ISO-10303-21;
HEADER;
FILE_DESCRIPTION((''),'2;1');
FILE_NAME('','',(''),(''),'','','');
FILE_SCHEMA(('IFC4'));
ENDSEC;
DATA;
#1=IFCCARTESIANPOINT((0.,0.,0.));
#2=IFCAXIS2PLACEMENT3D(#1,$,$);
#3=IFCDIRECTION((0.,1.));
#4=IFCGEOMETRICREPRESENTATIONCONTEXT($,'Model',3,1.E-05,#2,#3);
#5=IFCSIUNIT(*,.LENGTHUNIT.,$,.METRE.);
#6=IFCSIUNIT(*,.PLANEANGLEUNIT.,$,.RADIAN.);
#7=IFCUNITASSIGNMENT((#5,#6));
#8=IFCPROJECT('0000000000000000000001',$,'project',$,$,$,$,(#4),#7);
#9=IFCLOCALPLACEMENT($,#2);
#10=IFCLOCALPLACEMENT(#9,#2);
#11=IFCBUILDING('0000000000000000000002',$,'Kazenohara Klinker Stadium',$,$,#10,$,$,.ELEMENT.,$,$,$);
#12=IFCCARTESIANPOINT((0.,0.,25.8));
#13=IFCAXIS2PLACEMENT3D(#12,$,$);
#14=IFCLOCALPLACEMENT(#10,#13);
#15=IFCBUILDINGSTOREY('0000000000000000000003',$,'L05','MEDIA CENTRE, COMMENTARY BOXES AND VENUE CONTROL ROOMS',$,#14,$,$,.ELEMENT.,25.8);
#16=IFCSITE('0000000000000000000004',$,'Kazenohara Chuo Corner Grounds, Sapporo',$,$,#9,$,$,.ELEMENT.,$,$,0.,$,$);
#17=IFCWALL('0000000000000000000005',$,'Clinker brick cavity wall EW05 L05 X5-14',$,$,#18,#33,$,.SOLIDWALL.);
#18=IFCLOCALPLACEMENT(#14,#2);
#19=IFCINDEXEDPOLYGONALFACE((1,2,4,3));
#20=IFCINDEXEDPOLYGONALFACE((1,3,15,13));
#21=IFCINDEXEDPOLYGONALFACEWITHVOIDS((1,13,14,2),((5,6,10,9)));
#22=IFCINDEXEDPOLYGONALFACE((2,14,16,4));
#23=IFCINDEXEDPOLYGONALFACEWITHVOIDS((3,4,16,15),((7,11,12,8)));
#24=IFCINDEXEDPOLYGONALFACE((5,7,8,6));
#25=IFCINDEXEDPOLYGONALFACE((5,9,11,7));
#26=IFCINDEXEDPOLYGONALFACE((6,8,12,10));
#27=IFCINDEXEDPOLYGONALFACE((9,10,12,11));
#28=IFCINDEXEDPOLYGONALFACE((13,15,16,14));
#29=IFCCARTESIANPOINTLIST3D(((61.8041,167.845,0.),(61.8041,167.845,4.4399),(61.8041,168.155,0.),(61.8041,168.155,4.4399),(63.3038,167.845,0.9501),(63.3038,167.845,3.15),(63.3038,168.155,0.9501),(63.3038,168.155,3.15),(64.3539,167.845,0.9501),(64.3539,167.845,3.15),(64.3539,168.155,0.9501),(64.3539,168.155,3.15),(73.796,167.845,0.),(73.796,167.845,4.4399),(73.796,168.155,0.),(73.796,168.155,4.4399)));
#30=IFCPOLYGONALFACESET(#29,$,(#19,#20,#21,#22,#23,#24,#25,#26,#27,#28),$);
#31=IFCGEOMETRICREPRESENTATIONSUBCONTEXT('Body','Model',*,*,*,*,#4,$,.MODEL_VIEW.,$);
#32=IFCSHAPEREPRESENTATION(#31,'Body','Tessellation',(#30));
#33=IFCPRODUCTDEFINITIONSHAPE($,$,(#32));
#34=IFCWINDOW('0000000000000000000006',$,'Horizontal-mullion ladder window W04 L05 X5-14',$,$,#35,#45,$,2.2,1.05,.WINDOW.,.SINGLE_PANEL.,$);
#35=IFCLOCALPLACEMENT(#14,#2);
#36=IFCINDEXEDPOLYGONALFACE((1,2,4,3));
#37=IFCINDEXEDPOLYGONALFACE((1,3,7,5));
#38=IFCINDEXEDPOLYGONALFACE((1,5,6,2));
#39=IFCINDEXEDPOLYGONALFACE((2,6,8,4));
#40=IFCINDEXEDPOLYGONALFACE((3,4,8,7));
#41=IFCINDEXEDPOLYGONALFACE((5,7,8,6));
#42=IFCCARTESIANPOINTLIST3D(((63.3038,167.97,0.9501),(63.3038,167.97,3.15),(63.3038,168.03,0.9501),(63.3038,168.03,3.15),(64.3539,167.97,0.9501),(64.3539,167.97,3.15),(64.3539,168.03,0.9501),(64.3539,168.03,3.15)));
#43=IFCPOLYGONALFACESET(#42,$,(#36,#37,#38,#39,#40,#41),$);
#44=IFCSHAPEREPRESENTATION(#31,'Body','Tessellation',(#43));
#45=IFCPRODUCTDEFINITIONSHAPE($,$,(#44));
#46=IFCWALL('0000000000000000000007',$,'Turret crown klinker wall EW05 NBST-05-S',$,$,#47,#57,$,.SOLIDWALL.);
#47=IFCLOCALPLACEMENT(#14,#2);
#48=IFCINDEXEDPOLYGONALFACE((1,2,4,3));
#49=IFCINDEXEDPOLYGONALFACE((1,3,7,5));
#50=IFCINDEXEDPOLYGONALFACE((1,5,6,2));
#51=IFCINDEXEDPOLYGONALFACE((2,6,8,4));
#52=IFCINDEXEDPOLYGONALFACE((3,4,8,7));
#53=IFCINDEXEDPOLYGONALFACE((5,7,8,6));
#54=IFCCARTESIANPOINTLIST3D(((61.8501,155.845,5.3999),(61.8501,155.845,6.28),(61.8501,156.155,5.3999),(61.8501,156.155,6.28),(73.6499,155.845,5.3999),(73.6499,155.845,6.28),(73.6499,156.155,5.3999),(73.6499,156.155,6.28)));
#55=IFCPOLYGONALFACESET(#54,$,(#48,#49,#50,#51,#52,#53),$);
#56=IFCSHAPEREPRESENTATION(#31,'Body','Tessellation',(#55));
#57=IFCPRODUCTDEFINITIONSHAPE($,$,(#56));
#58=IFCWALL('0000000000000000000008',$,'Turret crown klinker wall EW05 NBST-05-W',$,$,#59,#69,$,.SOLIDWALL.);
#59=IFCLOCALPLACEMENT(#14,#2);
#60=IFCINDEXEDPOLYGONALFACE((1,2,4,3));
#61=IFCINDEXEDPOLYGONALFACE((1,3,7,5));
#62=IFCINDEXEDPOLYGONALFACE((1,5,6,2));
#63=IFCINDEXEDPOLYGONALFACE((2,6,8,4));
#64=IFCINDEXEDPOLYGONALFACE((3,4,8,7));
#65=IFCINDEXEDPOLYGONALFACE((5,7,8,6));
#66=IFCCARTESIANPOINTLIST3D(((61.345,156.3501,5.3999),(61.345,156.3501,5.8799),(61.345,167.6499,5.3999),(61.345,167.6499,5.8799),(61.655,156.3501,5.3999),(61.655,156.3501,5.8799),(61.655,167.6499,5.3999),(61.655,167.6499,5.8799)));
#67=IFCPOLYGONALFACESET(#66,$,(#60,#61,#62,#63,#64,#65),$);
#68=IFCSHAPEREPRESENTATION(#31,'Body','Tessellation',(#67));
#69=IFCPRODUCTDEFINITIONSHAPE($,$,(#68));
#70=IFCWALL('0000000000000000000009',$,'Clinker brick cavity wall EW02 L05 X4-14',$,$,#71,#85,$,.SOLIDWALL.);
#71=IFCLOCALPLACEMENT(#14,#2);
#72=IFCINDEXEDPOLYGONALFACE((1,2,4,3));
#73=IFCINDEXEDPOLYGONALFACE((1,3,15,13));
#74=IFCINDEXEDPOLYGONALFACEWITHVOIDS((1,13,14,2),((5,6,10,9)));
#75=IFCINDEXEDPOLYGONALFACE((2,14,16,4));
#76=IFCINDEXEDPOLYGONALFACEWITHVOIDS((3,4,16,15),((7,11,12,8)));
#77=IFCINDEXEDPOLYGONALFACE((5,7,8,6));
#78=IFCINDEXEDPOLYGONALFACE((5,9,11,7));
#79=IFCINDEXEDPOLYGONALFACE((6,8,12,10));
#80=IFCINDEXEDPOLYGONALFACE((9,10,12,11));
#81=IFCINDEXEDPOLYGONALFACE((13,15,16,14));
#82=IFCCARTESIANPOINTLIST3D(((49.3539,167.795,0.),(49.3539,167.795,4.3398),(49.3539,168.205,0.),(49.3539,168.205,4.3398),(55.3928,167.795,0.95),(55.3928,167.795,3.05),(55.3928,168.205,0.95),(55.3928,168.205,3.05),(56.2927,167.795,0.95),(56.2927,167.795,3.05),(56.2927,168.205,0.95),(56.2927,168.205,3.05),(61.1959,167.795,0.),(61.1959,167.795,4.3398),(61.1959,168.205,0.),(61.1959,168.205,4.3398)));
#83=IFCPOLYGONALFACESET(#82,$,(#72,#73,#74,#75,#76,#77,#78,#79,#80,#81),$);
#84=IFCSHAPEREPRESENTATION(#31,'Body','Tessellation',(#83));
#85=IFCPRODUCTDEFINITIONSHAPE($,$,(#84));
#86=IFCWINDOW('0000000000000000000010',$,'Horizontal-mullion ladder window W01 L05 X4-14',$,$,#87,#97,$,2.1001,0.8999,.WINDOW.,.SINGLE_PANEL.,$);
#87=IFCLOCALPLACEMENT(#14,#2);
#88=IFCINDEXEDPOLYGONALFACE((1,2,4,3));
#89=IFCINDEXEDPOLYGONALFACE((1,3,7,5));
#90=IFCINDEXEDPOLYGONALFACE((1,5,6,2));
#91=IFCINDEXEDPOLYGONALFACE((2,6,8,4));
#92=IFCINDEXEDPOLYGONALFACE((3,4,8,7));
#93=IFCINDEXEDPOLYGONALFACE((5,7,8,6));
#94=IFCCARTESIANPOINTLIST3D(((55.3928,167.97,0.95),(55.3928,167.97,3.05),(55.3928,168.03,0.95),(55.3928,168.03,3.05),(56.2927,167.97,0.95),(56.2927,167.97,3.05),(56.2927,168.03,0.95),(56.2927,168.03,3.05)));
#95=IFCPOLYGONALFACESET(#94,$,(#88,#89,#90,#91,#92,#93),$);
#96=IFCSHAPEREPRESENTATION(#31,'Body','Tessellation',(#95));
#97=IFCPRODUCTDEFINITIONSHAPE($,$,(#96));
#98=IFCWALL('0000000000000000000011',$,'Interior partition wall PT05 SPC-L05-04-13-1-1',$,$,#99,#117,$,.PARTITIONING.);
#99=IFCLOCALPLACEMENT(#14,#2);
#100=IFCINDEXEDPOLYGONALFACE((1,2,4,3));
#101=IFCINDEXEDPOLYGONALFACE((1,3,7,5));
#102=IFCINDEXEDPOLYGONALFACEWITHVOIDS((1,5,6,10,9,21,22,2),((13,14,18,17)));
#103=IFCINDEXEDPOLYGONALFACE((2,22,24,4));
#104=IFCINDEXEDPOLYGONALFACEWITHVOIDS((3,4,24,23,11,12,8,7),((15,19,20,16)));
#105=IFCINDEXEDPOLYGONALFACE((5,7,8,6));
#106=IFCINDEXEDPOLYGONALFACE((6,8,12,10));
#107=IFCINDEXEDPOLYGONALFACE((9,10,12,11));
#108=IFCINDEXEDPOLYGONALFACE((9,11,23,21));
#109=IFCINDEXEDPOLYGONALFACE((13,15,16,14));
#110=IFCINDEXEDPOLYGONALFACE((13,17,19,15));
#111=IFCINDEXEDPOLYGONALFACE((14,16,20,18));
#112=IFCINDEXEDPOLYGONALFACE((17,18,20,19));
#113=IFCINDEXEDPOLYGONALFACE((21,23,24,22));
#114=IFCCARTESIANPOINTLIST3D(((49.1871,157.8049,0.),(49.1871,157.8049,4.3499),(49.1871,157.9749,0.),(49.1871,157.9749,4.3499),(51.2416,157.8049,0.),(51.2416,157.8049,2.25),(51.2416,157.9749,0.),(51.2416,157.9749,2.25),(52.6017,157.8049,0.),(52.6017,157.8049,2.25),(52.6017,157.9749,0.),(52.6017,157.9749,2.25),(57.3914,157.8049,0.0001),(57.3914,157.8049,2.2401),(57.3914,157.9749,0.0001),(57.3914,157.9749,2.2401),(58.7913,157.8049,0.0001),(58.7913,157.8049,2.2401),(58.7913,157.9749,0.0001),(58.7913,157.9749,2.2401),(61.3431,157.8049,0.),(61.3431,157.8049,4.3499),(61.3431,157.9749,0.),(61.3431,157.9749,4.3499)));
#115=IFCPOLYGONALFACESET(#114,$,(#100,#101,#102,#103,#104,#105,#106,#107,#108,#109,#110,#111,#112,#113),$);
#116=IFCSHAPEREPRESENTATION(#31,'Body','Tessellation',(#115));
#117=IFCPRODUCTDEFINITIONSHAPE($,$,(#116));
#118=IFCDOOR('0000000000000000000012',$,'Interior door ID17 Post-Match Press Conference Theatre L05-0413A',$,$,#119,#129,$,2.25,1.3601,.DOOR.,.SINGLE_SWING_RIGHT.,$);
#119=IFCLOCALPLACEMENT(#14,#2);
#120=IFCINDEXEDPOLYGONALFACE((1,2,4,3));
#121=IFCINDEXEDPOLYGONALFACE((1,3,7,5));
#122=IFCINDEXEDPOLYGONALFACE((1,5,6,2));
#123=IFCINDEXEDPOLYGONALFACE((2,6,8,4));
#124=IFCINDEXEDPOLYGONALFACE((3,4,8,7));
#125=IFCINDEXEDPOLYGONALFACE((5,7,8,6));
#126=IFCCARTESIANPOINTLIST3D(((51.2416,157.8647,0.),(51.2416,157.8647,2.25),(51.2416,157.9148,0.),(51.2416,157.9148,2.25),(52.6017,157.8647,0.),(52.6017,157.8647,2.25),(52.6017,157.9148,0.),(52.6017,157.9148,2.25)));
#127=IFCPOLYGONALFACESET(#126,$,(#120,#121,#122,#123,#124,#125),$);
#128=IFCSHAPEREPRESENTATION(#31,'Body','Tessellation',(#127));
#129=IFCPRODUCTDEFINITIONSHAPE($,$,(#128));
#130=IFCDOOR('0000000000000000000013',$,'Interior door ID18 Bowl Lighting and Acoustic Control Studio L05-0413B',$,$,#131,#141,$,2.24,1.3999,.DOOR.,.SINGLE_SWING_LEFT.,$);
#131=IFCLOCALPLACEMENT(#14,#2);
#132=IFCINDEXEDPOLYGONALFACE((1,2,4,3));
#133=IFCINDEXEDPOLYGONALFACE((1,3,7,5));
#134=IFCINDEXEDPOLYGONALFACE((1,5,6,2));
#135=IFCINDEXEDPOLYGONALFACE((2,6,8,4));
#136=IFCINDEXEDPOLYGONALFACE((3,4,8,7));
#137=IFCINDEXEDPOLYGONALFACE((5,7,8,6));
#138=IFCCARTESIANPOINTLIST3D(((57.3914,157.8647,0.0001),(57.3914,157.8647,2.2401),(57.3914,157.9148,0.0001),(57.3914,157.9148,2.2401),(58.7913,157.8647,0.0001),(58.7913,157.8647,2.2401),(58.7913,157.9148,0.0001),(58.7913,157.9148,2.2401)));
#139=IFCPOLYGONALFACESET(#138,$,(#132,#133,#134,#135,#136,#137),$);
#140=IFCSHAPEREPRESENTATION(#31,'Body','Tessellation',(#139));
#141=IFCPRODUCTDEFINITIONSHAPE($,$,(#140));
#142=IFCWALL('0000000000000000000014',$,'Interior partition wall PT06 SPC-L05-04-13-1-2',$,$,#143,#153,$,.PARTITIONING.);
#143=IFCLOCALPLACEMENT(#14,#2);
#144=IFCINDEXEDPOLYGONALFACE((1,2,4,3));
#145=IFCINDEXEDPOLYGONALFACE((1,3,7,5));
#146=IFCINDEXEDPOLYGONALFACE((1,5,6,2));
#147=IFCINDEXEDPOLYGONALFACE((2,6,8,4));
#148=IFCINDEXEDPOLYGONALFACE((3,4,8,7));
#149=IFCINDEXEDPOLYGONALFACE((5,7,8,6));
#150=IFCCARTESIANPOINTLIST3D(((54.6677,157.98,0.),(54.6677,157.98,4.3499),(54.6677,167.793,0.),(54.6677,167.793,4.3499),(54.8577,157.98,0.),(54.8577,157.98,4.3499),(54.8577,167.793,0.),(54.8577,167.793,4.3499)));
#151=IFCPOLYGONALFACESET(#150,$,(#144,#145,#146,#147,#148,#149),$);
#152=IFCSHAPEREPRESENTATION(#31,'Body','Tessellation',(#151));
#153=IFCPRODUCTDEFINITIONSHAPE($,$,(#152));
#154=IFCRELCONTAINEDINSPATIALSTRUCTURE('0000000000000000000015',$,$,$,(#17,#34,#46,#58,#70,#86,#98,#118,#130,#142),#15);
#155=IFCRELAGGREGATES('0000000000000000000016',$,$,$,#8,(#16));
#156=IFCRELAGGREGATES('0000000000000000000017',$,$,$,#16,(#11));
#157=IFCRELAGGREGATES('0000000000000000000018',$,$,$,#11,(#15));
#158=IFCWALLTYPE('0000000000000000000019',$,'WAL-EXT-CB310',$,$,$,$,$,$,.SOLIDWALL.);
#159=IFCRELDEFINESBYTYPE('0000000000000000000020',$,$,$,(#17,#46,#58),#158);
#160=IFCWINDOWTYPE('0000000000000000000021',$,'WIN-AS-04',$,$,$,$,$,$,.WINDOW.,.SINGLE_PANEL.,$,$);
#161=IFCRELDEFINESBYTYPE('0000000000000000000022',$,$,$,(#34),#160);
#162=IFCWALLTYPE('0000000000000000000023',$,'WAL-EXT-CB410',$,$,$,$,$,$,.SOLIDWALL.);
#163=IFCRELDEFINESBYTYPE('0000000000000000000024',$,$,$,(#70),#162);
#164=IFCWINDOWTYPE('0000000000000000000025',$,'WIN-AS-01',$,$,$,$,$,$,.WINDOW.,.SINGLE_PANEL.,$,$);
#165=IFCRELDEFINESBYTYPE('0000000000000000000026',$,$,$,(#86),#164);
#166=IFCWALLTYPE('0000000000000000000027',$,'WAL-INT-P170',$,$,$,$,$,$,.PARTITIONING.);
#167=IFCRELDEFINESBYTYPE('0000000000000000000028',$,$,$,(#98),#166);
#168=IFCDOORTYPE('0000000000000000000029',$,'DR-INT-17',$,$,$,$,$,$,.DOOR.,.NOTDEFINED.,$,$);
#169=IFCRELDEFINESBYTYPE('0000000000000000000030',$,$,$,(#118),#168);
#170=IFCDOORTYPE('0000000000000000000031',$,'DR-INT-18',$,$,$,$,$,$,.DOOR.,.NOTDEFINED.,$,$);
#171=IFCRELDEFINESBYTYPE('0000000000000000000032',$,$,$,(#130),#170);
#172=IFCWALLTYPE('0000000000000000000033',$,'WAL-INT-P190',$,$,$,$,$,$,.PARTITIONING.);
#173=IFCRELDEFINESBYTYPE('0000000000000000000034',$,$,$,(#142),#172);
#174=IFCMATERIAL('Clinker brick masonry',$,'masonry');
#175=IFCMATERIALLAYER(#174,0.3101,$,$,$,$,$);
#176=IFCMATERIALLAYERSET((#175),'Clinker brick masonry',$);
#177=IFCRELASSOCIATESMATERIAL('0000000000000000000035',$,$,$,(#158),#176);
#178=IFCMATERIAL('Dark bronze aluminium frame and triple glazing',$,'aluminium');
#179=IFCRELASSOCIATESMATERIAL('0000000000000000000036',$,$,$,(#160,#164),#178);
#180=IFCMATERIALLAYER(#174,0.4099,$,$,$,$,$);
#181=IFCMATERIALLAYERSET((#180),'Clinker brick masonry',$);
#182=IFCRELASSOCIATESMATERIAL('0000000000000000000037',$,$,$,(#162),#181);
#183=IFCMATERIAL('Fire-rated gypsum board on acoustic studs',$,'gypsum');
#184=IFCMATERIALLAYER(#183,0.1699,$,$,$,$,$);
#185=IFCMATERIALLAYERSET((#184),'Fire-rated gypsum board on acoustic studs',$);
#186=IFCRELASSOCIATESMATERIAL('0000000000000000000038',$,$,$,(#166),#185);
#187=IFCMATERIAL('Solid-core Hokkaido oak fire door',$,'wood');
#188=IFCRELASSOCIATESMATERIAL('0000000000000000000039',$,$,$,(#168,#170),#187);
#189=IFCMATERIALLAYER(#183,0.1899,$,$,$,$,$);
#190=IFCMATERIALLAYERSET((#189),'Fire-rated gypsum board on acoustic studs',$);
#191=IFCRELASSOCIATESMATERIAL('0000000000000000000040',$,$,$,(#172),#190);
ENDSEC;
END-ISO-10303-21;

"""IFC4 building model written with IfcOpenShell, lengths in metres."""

from ifc_helpers import new_model, si_unit, direction, frame, frame_2d, origin, place, context, subcontext, project, spatial, rectangle, extrude, material, layer, layer_set, type_object, element, fill, save


model = new_model("IFC4")

# Units and contexts
model_context = context("Model", 3, precision=1e-05, world=origin(), true_north=direction((0.0, 1.0)))
body_context = subcontext(model_context, "Body", "Model", "MODEL_VIEW")
ifc_project = project(units=[si_unit("LENGTHUNIT", "METRE"), si_unit("PLANEANGLEUNIT", "RADIAN")], contexts=[model_context])

# Site, building, storey
site_placement = place(None, origin())
site = spatial("IfcSite", under=ifc_project, at=site_placement, Name="Kazenohara Chuo Corner Grounds, Sapporo", CompositionType="ELEMENT", RefElevation=0.0)
building_placement = place(site_placement, origin())
building = spatial("IfcBuilding", under=site, at=building_placement, Name="Kazenohara Klinker Stadium", CompositionType="ELEMENT")
storey_placement = place(building_placement, frame((0.0, 0.0, 25.8)))
storey = spatial("IfcBuildingStorey", under=building, at=storey_placement, Name="L05", Description="MEDIA CENTRE, COMMENTARY BOXES AND VENUE CONTROL ROOMS", CompositionType="ELEMENT", Elevation=25.8)

# Wall, opening, window
ifc_material_1 = material(Name="Clinker brick masonry", Category="masonry")
ifc_layer_1 = layer(ifc_material_1, 0.3101)
ifc_layer_set_1 = layer_set([ifc_layer_1], Name="Clinker brick masonry")
wall_type_1 = type_object("IfcWallType", Name="WAL-EXT-CB310", PredefinedType="SOLIDWALL", material=ifc_layer_set_1)
wall_1_placement = place(storey_placement, frame((61.804, 168.0, 0.0), z_axis=(0.0, 0.0, 1.0), x_axis=(1.0, 0.0, 0.0)))
wall_1 = element("IfcWall", 1, at=wall_1_placement, inside=storey, type_object=wall_type_1, Name="Clinker brick cavity wall EW05 L05 X5-14", PredefinedType="SOLIDWALL", context=body_context, shape_type="SweptSolid", body=[
    extrude(rectangle(XDim=11.9919, YDim=0.3101, at=frame_2d((5.9961, 0.0))), origin(), (0.0, 0.0, 1.0), 4.4399),
])
opening_1_placement = place(wall_1_placement, frame((1.5, 0.0, 0.95)))
opening_1 = element("IfcOpeningElement", 2, at=opening_1_placement, cuts=wall_1, PredefinedType="OPENING", context=body_context, shape_type="SweptSolid", body=[
    extrude(rectangle(XDim=1.05, YDim=2.2, at=frame_2d((0.5249, 1.1001))), frame((0.0, 0.165, 0.0), z_axis=(0.0, -1.0, 0.0), x_axis=(1.0, 0.0, 0.0)), (0.0, 0.0, 1.0), 0.3301),
])
ifc_material_2 = material(Name="Dark bronze aluminium frame and triple glazing", Category="aluminium")
window_type_1 = type_object("IfcWindowType", Name="WIN-AS-04", PartitioningType="SINGLE_PANEL", PredefinedType="WINDOW", material=ifc_material_2)
window_1_placement = place(opening_1_placement, origin())
window_1 = element("IfcWindow", 3, at=window_1_placement, inside=storey, type_object=window_type_1, Name="Horizontal-mullion ladder window W04 L05 X5-14", OverallHeight=2.2, OverallWidth=1.05, PartitioningType="SINGLE_PANEL", PredefinedType="WINDOW", context=body_context, shape_type="SweptSolid", body=[
    extrude(rectangle(XDim=1.05, YDim=2.2, at=frame_2d((0.5249, 1.1001))), frame((0.0, 0.03, 0.0), z_axis=(0.0, -1.0, 0.0), x_axis=(1.0, 0.0, 0.0)), (0.0, 0.0, 1.0), 0.0601),
])
fill(opening_1, window_1)

# Walls
wall_2_placement = place(storey_placement, frame((61.8501, 156.0, 5.3999), z_axis=(0.0, 0.0, 1.0), x_axis=(1.0, 0.0, 0.0)))
element("IfcWall", 4, at=wall_2_placement, inside=storey, type_object=wall_type_1, Name="Turret crown klinker wall EW05 NBST-05-S", PredefinedType="SOLIDWALL", context=body_context, shape_type="SweptSolid", body=[
    extrude(rectangle(XDim=11.7998, YDim=0.3101, at=frame_2d((5.8999, 0.0))), origin(), (0.0, 0.0, 1.0), 0.8801),
])
wall_3_placement = place(storey_placement, frame((61.5, 156.3501, 5.3999), z_axis=(0.0, 0.0, 1.0), x_axis=(0.0, 1.0, 0.0)))
element("IfcWall", 5, at=wall_3_placement, inside=storey, type_object=wall_type_1, Name="Turret crown klinker wall EW05 NBST-05-W", PredefinedType="SOLIDWALL", context=body_context, shape_type="SweptSolid", body=[
    extrude(rectangle(XDim=11.2998, YDim=0.3101, at=frame_2d((5.6499, 0.0))), origin(), (0.0, 0.0, 1.0), 0.48),
])

# Wall, opening, window
ifc_layer_2 = layer(ifc_material_1, 0.4099)
ifc_layer_set_2 = layer_set([ifc_layer_2], Name="Clinker brick masonry")
wall_type_2 = type_object("IfcWallType", Name="WAL-EXT-CB410", PredefinedType="SOLIDWALL", material=ifc_layer_set_2)
wall_4_placement = place(storey_placement, frame((49.354, 168.0, 0.0), z_axis=(0.0, 0.0, 1.0), x_axis=(1.0, 0.0, 0.0)))
wall_4 = element("IfcWall", 6, at=wall_4_placement, inside=storey, type_object=wall_type_2, Name="Clinker brick cavity wall EW02 L05 X4-14", PredefinedType="SOLIDWALL", context=body_context, shape_type="SweptSolid", body=[
    extrude(rectangle(XDim=11.842, YDim=0.4099, at=frame_2d((5.9209, 0.0))), origin(), (0.0, 0.0, 1.0), 4.3398),
])
opening_2_placement = place(wall_4_placement, frame((6.0388, 0.0, 0.95)))
opening_2 = element("IfcOpeningElement", 7, at=opening_2_placement, cuts=wall_4, PredefinedType="OPENING", context=body_context, shape_type="SweptSolid", body=[
    extrude(rectangle(XDim=0.8999, YDim=2.1001, at=frame_2d((0.45, 1.05))), frame((0.0, 0.2148, 0.0), z_axis=(0.0, -1.0, 0.0), x_axis=(1.0, 0.0, 0.0)), (0.0, 0.0, 1.0), 0.4299),
])
window_type_2 = type_object("IfcWindowType", Name="WIN-AS-01", PartitioningType="SINGLE_PANEL", PredefinedType="WINDOW", material=ifc_material_2)
window_2_placement = place(opening_2_placement, origin())
window_2 = element("IfcWindow", 8, at=window_2_placement, inside=storey, type_object=window_type_2, Name="Horizontal-mullion ladder window W01 L05 X4-14", OverallHeight=2.1001, OverallWidth=0.8999, PartitioningType="SINGLE_PANEL", PredefinedType="WINDOW", context=body_context, shape_type="SweptSolid", body=[
    extrude(rectangle(XDim=0.8999, YDim=2.1001, at=frame_2d((0.45, 1.05))), frame((0.0, 0.03, 0.0), z_axis=(0.0, -1.0, 0.0), x_axis=(1.0, 0.0, 0.0)), (0.0, 0.0, 1.0), 0.0601),
])
fill(opening_2, window_2)

# Wall, openings, doors
ifc_material_3 = material(Name="Fire-rated gypsum board on acoustic studs", Category="gypsum")
ifc_layer_3 = layer(ifc_material_3, 0.1699)
ifc_layer_set_3 = layer_set([ifc_layer_3], Name="Fire-rated gypsum board on acoustic studs")
wall_type_3 = type_object("IfcWallType", Name="WAL-INT-P170", PredefinedType="PARTITIONING", material=ifc_layer_set_3)
wall_5_placement = place(storey_placement, frame((49.187, 157.8899, 0.0), z_axis=(0.0, 0.0, 1.0), x_axis=(1.0, 0.0, 0.0)))
wall_5 = element("IfcWall", 9, at=wall_5_placement, inside=storey, type_object=wall_type_3, Name="Interior partition wall PT05 SPC-L05-04-13-1-1", PredefinedType="PARTITIONING", context=body_context, shape_type="SweptSolid", body=[
    extrude(rectangle(XDim=12.156, YDim=0.1699, at=frame_2d((6.0781, 0.0))), origin(), (0.0, 0.0, 1.0), 4.3499),
])
opening_3_placement = place(wall_5_placement, frame((2.0544, 0.0, 0.0)))
opening_3 = element("IfcOpeningElement", 10, at=opening_3_placement, cuts=wall_5, PredefinedType="OPENING", context=body_context, shape_type="SweptSolid", body=[
    extrude(rectangle(XDim=1.3601, YDim=2.25, at=frame_2d((0.6802, 1.125))), frame((0.0, 0.095, 0.0), z_axis=(0.0, -1.0, 0.0), x_axis=(1.0, 0.0, 0.0)), (0.0, 0.0, 1.0), 0.1899),
])
opening_4_placement = place(wall_5_placement, frame((8.2043, 0.0, 0.0)))
opening_4 = element("IfcOpeningElement", 11, at=opening_4_placement, cuts=wall_5, PredefinedType="OPENING", context=body_context, shape_type="SweptSolid", body=[
    extrude(rectangle(XDim=1.3999, YDim=2.24, at=frame_2d((0.7, 1.1201))), frame((0.0, 0.095, 0.0), z_axis=(0.0, -1.0, 0.0), x_axis=(1.0, 0.0, 0.0)), (0.0, 0.0, 1.0), 0.1899),
])
ifc_material_4 = material(Name="Solid-core Hokkaido oak fire door", Category="wood")
door_type_1 = type_object("IfcDoorType", Name="DR-INT-17", OperationType="NOTDEFINED", PredefinedType="DOOR", material=ifc_material_4)
door_1_placement = place(opening_3_placement, origin())
door_1 = element("IfcDoor", 12, at=door_1_placement, inside=storey, type_object=door_type_1, Name="Interior door ID17 Post-Match Press Conference Theatre L05-0413A", OperationType="SINGLE_SWING_RIGHT", OverallHeight=2.25, OverallWidth=1.3601, PredefinedType="DOOR", context=body_context, shape_type="SweptSolid", body=[
    extrude(rectangle(XDim=1.3601, YDim=2.25, at=frame_2d((0.6802, 1.125))), frame((0.0, 0.0249, 0.0), z_axis=(0.0, -1.0, 0.0), x_axis=(1.0, 0.0, 0.0)), (0.0, 0.0, 1.0), 0.05),
])
fill(opening_3, door_1)
door_type_2 = type_object("IfcDoorType", Name="DR-INT-18", OperationType="NOTDEFINED", PredefinedType="DOOR", material=ifc_material_4)
door_2_placement = place(opening_4_placement, origin())
door_2 = element("IfcDoor", 13, at=door_2_placement, inside=storey, type_object=door_type_2, Name="Interior door ID18 Bowl Lighting and Acoustic Control Studio L05-0413B", OperationType="SINGLE_SWING_LEFT", OverallHeight=2.24, OverallWidth=1.3999, PredefinedType="DOOR", context=body_context, shape_type="SweptSolid", body=[
    extrude(rectangle(XDim=1.3999, YDim=2.24, at=frame_2d((0.7, 1.1201))), frame((0.0, 0.0249, 0.0), z_axis=(0.0, -1.0, 0.0), x_axis=(1.0, 0.0, 0.0)), (0.0, 0.0, 1.0), 0.05),
])
fill(opening_4, door_2)

# Wall
ifc_layer_4 = layer(ifc_material_3, 0.1899)
ifc_layer_set_4 = layer_set([ifc_layer_4], Name="Fire-rated gypsum board on acoustic studs")
wall_type_4 = type_object("IfcWallType", Name="WAL-INT-P190", PredefinedType="PARTITIONING", material=ifc_layer_set_4)
wall_6_placement = place(storey_placement, frame((54.7627, 157.98, 0.0), z_axis=(0.0, 0.0, 1.0), x_axis=(0.0, 1.0, 0.0)))
element("IfcWall", 14, at=wall_6_placement, inside=storey, type_object=wall_type_4, Name="Interior partition wall PT06 SPC-L05-04-13-1-2", PredefinedType="PARTITIONING", context=body_context, shape_type="SweptSolid", body=[
    extrude(rectangle(XDim=9.813, YDim=0.1899, at=frame_2d((4.9065, 0.0))), origin(), (0.0, 0.0, 1.0), 4.3499),
])

save(model, "model.ifc")
